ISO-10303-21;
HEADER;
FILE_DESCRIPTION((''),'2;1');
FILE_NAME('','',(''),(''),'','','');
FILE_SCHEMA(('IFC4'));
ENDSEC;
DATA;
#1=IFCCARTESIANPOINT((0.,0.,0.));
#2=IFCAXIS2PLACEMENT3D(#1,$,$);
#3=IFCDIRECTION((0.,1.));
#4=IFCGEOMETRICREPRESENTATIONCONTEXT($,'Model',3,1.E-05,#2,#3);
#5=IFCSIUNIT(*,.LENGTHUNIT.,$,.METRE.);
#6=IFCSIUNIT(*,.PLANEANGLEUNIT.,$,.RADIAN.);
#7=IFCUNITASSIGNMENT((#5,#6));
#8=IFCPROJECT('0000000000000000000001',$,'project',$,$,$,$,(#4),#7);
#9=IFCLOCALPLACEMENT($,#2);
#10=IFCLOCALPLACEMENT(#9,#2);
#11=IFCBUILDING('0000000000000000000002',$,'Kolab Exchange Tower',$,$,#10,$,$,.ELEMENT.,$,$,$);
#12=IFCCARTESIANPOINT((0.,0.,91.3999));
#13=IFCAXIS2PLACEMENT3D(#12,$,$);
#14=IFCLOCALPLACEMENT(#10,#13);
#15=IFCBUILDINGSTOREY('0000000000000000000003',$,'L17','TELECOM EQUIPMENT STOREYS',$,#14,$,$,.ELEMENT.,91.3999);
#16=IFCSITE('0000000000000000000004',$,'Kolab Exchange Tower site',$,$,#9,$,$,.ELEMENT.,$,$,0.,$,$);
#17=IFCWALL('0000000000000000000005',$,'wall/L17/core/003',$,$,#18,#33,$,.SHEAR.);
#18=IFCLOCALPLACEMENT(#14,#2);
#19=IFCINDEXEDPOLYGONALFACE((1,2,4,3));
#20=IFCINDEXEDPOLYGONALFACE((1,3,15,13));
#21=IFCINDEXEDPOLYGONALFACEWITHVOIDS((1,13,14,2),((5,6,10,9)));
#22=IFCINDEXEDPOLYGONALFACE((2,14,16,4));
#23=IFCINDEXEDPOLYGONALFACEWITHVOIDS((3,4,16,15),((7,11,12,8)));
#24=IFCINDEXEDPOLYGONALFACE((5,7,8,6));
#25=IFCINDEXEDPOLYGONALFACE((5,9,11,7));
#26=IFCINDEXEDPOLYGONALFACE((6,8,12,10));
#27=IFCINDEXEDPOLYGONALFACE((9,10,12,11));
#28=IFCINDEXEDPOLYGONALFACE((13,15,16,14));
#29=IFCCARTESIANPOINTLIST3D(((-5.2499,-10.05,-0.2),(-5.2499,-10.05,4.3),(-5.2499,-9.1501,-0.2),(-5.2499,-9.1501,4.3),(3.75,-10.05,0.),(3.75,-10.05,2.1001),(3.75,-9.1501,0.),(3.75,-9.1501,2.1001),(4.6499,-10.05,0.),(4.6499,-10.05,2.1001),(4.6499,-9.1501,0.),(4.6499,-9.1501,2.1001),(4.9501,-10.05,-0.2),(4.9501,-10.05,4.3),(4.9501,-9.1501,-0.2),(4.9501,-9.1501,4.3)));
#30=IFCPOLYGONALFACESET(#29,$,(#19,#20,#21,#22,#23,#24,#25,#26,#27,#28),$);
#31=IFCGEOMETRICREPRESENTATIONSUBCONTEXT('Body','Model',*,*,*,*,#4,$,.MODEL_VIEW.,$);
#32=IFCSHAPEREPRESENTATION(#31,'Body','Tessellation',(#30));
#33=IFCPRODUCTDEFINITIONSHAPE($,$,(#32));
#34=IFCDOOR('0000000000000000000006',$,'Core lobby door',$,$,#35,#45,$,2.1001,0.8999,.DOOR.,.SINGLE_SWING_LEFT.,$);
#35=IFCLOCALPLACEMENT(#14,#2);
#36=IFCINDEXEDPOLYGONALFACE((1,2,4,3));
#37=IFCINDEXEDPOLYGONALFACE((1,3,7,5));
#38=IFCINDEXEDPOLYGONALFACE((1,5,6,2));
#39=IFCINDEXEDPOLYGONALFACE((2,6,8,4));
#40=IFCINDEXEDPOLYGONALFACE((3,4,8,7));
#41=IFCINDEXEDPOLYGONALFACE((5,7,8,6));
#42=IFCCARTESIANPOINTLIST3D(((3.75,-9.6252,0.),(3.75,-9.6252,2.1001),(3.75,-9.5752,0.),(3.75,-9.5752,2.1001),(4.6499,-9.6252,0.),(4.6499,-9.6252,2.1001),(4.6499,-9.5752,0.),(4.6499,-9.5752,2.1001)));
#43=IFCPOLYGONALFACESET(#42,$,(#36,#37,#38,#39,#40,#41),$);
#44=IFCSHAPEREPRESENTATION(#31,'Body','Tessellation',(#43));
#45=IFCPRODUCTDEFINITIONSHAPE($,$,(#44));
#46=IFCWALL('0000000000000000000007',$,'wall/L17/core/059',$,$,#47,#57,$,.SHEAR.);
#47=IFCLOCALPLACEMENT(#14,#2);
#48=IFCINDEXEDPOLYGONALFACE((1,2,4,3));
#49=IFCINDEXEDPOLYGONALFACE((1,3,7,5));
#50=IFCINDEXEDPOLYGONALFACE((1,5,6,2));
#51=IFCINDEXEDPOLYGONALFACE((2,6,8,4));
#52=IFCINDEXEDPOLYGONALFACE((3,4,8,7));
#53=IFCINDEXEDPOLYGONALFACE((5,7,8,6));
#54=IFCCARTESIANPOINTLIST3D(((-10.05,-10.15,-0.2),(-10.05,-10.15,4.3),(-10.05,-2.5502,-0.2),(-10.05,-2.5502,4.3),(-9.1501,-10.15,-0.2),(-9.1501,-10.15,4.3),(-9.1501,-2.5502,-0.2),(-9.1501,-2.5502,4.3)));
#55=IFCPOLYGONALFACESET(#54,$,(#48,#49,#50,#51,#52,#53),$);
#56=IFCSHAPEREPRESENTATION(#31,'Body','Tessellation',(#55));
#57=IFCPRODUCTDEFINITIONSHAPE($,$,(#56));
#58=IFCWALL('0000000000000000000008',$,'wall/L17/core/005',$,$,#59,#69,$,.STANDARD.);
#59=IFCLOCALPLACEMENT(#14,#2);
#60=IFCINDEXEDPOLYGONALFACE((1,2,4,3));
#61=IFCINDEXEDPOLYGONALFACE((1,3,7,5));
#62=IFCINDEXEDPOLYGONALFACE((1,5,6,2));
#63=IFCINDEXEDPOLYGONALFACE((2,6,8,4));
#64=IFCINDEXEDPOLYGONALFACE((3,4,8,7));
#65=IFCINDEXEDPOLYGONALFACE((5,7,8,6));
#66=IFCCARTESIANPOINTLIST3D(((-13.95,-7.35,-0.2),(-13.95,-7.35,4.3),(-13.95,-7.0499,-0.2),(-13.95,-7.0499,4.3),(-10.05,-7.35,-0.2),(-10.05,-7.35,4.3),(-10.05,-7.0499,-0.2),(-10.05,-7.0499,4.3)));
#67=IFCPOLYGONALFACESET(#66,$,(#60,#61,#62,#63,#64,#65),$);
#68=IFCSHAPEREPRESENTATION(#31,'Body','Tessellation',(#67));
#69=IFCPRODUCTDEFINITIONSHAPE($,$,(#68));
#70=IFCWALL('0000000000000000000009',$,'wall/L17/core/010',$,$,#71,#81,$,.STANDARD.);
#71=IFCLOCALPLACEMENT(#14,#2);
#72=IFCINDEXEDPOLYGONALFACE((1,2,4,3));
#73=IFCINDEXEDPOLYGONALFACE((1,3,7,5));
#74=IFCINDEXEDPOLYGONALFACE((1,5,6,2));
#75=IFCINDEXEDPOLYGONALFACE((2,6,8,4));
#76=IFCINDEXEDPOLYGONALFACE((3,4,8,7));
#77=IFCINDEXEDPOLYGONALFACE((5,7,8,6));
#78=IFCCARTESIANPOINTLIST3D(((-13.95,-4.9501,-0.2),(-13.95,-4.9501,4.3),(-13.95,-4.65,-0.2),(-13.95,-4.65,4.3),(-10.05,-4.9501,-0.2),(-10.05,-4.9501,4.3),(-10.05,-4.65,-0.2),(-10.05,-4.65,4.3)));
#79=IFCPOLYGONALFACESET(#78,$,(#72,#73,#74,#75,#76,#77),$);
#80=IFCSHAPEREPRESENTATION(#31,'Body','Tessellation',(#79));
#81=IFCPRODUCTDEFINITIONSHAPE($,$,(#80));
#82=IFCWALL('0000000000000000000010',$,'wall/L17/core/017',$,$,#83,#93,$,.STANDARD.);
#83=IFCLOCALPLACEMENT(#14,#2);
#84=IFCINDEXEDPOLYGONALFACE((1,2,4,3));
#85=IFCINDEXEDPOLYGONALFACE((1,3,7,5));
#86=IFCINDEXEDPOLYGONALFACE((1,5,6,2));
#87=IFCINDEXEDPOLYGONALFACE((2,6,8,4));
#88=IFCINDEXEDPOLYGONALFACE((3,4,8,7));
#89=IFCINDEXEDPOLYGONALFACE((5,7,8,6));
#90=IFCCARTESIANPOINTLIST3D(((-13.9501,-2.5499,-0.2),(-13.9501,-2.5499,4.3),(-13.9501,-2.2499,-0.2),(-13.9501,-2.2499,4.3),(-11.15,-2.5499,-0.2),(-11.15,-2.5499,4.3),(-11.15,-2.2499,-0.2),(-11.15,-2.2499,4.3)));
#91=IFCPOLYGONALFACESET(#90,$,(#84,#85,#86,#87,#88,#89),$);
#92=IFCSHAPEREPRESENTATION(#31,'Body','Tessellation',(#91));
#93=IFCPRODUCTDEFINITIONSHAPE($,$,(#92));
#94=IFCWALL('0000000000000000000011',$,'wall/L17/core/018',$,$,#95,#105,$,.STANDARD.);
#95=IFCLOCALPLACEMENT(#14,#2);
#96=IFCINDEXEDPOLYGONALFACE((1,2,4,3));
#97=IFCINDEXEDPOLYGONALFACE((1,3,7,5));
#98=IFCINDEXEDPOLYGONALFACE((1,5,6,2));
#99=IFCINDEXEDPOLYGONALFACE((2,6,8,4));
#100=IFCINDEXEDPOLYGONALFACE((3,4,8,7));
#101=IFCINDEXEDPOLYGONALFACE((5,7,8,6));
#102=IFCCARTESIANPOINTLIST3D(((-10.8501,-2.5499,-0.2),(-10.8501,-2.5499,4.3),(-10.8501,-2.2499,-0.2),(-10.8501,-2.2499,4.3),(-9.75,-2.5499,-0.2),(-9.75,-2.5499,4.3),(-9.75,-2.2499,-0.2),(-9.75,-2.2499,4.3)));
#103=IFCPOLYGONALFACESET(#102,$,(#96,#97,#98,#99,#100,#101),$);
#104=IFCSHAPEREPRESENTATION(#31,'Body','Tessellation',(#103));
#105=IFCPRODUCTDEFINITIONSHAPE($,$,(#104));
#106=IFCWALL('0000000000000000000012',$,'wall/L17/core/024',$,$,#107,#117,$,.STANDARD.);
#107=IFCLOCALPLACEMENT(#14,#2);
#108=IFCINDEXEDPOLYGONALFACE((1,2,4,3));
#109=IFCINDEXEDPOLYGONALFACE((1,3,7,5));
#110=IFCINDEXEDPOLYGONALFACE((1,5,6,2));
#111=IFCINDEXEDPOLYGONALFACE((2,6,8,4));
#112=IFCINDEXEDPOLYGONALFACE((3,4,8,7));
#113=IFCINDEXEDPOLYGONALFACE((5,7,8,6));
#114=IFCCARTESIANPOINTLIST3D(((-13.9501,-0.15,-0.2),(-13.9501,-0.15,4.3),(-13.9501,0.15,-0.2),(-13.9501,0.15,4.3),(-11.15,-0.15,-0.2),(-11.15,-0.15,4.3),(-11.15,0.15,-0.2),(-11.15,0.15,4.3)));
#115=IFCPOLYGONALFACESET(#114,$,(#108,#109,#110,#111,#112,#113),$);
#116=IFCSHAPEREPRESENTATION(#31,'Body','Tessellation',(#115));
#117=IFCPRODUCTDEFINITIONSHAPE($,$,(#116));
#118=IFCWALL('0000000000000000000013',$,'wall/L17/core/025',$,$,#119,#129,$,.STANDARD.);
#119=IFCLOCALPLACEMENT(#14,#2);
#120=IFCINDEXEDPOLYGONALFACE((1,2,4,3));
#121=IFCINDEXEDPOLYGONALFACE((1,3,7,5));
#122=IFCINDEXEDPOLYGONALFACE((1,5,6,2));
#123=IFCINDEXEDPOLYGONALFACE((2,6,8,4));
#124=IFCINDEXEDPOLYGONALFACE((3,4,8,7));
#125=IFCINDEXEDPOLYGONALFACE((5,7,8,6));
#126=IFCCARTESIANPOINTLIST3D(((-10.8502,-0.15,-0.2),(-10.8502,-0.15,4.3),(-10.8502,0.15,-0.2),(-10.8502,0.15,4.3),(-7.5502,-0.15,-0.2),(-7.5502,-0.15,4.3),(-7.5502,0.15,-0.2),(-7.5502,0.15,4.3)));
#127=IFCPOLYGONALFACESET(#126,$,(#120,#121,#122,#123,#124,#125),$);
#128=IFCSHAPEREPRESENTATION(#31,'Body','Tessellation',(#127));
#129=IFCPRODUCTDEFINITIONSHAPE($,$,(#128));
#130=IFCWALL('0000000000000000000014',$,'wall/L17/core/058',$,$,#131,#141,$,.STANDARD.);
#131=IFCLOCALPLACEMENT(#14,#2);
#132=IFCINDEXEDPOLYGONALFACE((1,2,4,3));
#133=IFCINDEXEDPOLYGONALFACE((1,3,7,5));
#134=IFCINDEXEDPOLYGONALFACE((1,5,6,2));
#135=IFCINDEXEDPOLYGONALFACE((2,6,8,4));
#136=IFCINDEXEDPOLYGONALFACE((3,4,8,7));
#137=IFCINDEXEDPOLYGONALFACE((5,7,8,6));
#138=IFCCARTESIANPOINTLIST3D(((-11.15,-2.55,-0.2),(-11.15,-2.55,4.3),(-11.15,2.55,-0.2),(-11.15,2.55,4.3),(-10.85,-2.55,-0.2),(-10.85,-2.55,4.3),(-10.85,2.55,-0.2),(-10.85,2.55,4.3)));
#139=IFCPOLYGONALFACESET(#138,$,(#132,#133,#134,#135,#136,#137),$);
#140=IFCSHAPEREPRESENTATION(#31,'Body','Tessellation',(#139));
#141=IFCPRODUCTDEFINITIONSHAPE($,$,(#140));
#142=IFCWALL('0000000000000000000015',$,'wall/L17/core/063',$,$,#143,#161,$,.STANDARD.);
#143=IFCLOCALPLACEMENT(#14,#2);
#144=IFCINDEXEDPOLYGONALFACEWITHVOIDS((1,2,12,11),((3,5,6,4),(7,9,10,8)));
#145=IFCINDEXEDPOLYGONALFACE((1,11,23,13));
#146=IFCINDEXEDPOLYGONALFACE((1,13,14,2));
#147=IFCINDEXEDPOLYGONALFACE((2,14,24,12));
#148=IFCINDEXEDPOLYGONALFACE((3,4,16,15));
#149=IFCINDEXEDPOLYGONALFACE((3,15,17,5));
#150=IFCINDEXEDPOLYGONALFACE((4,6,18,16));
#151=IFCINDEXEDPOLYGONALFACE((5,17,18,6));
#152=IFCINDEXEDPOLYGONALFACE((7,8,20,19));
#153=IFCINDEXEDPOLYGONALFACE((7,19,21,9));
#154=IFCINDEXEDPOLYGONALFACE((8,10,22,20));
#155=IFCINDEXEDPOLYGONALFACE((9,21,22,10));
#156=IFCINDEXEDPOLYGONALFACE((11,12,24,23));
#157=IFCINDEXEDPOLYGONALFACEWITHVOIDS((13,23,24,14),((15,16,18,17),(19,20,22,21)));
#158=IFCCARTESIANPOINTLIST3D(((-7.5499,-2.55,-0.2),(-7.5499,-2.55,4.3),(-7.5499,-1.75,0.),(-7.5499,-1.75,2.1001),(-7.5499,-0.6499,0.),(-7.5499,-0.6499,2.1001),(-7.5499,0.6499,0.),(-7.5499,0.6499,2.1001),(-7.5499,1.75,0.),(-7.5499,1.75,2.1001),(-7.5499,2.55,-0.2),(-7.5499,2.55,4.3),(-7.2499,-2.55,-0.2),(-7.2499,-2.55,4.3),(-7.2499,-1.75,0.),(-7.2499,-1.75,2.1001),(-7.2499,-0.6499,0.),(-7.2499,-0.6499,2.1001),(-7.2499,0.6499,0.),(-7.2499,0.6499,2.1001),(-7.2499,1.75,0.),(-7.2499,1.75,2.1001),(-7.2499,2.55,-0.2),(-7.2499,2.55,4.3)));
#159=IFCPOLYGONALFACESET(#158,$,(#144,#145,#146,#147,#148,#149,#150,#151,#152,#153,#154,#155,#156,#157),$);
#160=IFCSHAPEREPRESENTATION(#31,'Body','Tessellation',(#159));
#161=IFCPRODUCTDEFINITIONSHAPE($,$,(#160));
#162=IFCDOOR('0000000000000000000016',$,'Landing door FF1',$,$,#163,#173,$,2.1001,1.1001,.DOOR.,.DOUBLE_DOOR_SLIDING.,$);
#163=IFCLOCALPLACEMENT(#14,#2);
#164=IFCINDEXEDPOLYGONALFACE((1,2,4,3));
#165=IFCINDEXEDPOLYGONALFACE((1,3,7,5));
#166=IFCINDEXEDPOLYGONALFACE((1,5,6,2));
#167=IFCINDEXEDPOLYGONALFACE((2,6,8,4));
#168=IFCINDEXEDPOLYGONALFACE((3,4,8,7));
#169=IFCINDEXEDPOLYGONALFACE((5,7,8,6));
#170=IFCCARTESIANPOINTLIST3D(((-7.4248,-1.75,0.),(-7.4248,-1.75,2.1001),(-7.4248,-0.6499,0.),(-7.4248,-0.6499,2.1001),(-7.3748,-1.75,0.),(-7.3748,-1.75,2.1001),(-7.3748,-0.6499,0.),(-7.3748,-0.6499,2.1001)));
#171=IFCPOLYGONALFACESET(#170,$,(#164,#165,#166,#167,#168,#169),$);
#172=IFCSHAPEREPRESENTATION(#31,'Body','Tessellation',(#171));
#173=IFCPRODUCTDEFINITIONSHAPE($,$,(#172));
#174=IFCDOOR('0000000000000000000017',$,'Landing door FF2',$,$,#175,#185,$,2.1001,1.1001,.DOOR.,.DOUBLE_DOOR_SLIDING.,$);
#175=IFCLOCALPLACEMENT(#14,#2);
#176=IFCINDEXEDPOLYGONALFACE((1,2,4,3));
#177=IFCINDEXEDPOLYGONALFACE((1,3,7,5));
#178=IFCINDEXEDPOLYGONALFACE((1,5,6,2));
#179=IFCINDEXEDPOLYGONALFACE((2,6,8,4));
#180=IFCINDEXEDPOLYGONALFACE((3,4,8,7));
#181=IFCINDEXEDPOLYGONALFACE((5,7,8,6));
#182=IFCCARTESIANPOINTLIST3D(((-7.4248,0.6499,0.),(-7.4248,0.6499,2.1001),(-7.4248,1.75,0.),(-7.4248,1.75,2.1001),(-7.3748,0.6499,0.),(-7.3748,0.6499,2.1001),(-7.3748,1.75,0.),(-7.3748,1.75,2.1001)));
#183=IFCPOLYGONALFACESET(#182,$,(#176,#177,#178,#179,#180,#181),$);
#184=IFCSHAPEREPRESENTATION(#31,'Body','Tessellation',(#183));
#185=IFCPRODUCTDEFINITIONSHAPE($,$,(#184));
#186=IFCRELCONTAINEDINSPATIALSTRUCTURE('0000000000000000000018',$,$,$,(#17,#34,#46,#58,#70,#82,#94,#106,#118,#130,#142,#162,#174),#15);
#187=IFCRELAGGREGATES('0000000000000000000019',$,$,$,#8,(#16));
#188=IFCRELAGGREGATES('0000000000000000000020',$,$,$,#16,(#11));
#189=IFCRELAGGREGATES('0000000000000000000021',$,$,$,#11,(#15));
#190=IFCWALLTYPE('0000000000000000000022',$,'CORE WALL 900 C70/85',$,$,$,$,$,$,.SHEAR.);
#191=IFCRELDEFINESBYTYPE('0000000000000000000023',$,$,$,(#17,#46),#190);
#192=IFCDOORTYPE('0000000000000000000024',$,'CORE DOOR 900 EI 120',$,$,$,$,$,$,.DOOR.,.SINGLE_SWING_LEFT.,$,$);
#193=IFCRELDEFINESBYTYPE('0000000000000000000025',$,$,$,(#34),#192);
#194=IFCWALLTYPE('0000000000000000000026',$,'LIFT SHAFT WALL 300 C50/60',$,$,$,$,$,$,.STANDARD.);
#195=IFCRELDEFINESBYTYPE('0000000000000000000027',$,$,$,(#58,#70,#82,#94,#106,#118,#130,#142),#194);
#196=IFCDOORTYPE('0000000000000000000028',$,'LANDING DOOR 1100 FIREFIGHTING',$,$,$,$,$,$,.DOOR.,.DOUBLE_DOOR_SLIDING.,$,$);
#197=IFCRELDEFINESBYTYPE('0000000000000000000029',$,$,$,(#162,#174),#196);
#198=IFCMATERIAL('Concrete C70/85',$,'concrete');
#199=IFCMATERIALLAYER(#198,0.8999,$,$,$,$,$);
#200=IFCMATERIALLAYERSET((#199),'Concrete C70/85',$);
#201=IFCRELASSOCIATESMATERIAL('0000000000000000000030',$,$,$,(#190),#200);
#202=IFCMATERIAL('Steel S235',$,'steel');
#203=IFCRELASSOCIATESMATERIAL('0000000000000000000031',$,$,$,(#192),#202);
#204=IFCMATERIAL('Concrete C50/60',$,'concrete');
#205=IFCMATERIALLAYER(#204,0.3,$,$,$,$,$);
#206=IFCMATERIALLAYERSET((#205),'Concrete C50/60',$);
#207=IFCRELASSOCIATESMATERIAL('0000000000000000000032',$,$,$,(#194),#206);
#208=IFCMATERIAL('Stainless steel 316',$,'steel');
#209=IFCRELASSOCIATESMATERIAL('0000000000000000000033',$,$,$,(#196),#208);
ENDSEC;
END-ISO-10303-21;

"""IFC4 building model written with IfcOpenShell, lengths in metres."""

from ifc_helpers import new_model, si_unit, direction, frame, frame_2d, origin, place, context, subcontext, project, spatial, rectangle, extrude, material, layer, layer_set, type_object, element, fill, save


model = new_model("IFC4")

# Units and contexts
model_context = context("Model", 3, precision=1e-05, world=origin(), true_north=direction((0.0, 1.0)))
body_context = subcontext(model_context, "Body", "Model", "MODEL_VIEW")
ifc_project = project(units=[si_unit("LENGTHUNIT", "METRE"), si_unit("PLANEANGLEUNIT", "RADIAN")], contexts=[model_context])

# Site, building, storey
site_placement = place(None, origin())
site = spatial("IfcSite", under=ifc_project, at=site_placement, Name="Kolab Exchange Tower site", CompositionType="ELEMENT", RefElevation=0.0)
building_placement = place(site_placement, origin())
building = spatial("IfcBuilding", under=site, at=building_placement, Name="Kolab Exchange Tower", CompositionType="ELEMENT")
storey_placement = place(building_placement, frame((0.0, 0.0, 91.3999)))
storey = spatial("IfcBuildingStorey", under=building, at=storey_placement, Name="L17", Description="TELECOM EQUIPMENT STOREYS", CompositionType="ELEMENT", Elevation=91.3999)

# Wall, opening, door
ifc_material_1 = material(Name="Concrete C70/85", Category="concrete")
ifc_layer_1 = layer(ifc_material_1, 0.8999)
ifc_layer_set_1 = layer_set([ifc_layer_1], Name="Concrete C70/85")
wall_type_1 = type_object("IfcWallType", Name="CORE WALL 900 C70/85", PredefinedType="SHEAR", material=ifc_layer_set_1)
wall_1_placement = place(storey_placement, frame((-5.25, -9.6001, -0.2), z_axis=(0.0, 0.0, 1.0), x_axis=(1.0, 0.0, 0.0)))
wall_1 = element("IfcWall", 1, at=wall_1_placement, inside=storey, type_object=wall_type_1, Name="wall/L17/core/003", PredefinedType="SHEAR", context=body_context, shape_type="SweptSolid", body=[
    extrude(rectangle(XDim=10.2, YDim=0.8999, at=frame_2d((5.1001, 0.0))), origin(), (0.0, 0.0, 1.0), 4.5),
])
opening_1_placement = place(wall_1_placement, frame((9.0, 0.0, 0.2)))
opening_1 = element("IfcOpeningElement", 2, at=opening_1_placement, cuts=wall_1, PredefinedType="OPENING", context=body_context, shape_type="SweptSolid", body=[
    extrude(rectangle(XDim=0.8999, YDim=2.1001, at=frame_2d((0.45, 1.05))), frame((0.0, 0.46, 0.0), z_axis=(0.0, -1.0, 0.0), x_axis=(1.0, 0.0, 0.0)), (0.0, 0.0, 1.0), 0.9199),
])
ifc_material_2 = material(Name="Steel S235", Category="steel")
door_type_1 = type_object("IfcDoorType", Name="CORE DOOR 900 EI 120", OperationType="SINGLE_SWING_LEFT", PredefinedType="DOOR", material=ifc_material_2)
door_1_placement = place(opening_1_placement, origin())
door_1 = element("IfcDoor", 3, at=door_1_placement, inside=storey, type_object=door_type_1, Name="Core lobby door", OperationType="SINGLE_SWING_LEFT", OverallHeight=2.1001, OverallWidth=0.8999, PredefinedType="DOOR", context=body_context, shape_type="SweptSolid", body=[
    extrude(rectangle(XDim=0.8999, YDim=2.1001, at=frame_2d((0.45, 1.05))), frame((0.0, 0.0249, 0.0), z_axis=(0.0, -1.0, 0.0), x_axis=(1.0, 0.0, 0.0)), (0.0, 0.0, 1.0), 0.05),
])
fill(opening_1, door_1)

# Walls
wall_2_placement = place(storey_placement, frame((-9.6001, -10.1499, -0.2), z_axis=(0.0, 0.0, 1.0), x_axis=(0.0, 1.0, 0.0)))
element("IfcWall", 4, at=wall_2_placement, inside=storey, type_object=wall_type_1, Name="wall/L17/core/059", PredefinedType="SHEAR", context=body_context, shape_type="SweptSolid", body=[
    extrude(rectangle(XDim=7.5999, YDim=0.8999, at=frame_2d((3.7998, 0.0))), origin(), (0.0, 0.0, 1.0), 4.5),
])
ifc_material_3 = material(Name="Concrete C50/60", Category="concrete")
ifc_layer_2 = layer(ifc_material_3, 0.3)
ifc_layer_set_2 = layer_set([ifc_layer_2], Name="Concrete C50/60")
wall_type_2 = type_object("IfcWallType", Name="LIFT SHAFT WALL 300 C50/60", PredefinedType="STANDARD", material=ifc_layer_set_2)
for number, where, z_axis, x_axis, name in (
    (5, (-13.95, -7.2, -0.2), (0.0, 0.0, 1.0), (1.0, 0.0, 0.0), "wall/L17/core/005"),
    (6, (-13.95, -4.8, -0.2), (0.0, 0.0, 1.0), (1.0, 0.0, 0.0), "wall/L17/core/010"),
):
    element("IfcWall", number, at=place(storey_placement, frame(where, z_axis=z_axis, x_axis=x_axis)), inside=storey, type_object=wall_type_2, Name=name, PredefinedType="STANDARD", context=body_context, shape_type="SweptSolid", body=[
        extrude(rectangle(XDim=3.8999, YDim=0.3, at=frame_2d((1.95, 0.0))), origin(), (0.0, 0.0, 1.0), 4.5),
    ])
wall_3_placement = place(storey_placement, frame((-13.95, -2.3999, -0.2), z_axis=(0.0, 0.0, 1.0), x_axis=(1.0, 0.0, 0.0)))
element("IfcWall", 7, at=wall_3_placement, inside=storey, type_object=wall_type_2, Name="wall/L17/core/017", PredefinedType="STANDARD", context=body_context, shape_type="SweptSolid", body=[
    extrude(rectangle(XDim=2.8, YDim=0.3, at=frame_2d((1.3999, 0.0))), origin(), (0.0, 0.0, 1.0), 4.5),
])
wall_4_placement = place(storey_placement, frame((-10.8501, -2.3999, -0.2), z_axis=(0.0, 0.0, 1.0), x_axis=(1.0, 0.0, 0.0)))
element("IfcWall", 8, at=wall_4_placement, inside=storey, type_object=wall_type_2, Name="wall/L17/core/018", PredefinedType="STANDARD", context=body_context, shape_type="SweptSolid", body=[
    extrude(rectangle(XDim=1.1001, YDim=0.3, at=frame_2d((0.55, 0.0))), origin(), (0.0, 0.0, 1.0), 4.5),
])
wall_5_placement = place(storey_placement, frame((-13.95, 0.0, -0.2), z_axis=(0.0, 0.0, 1.0), x_axis=(1.0, 0.0, 0.0)))
element("IfcWall", 9, at=wall_5_placement, inside=storey, type_object=wall_type_2, Name="wall/L17/core/024", PredefinedType="STANDARD", context=body_context, shape_type="SweptSolid", body=[
    extrude(rectangle(XDim=2.8, YDim=0.3, at=frame_2d((1.3999, 0.0))), origin(), (0.0, 0.0, 1.0), 4.5),
])
wall_6_placement = place(storey_placement, frame((-10.8501, 0.0, -0.2), z_axis=(0.0, 0.0, 1.0), x_axis=(1.0, 0.0, 0.0)))
element("IfcWall", 10, at=wall_6_placement, inside=storey, type_object=wall_type_2, Name="wall/L17/core/025", PredefinedType="STANDARD", context=body_context, shape_type="SweptSolid", body=[
    extrude(rectangle(XDim=3.3, YDim=0.3, at=frame_2d((1.6499, 0.0))), origin(), (0.0, 0.0, 1.0), 4.5),
])
wall_7_placement = place(storey_placement, frame((-11.0, -2.55, -0.2), z_axis=(0.0, 0.0, 1.0), x_axis=(0.0, 1.0, 0.0)))
element("IfcWall", 11, at=wall_7_placement, inside=storey, type_object=wall_type_2, Name="wall/L17/core/058", PredefinedType="STANDARD", context=body_context, shape_type="SweptSolid", body=[
    extrude(rectangle(XDim=5.1001, YDim=0.3, at=frame_2d((2.55, 0.0))), origin(), (0.0, 0.0, 1.0), 4.5),
])

# Wall, openings, doors
wall_8_placement = place(storey_placement, frame((-7.3999, -2.55, -0.2), z_axis=(0.0, 0.0, 1.0), x_axis=(0.0, 1.0, 0.0)))
wall_8 = element("IfcWall", 12, at=wall_8_placement, inside=storey, type_object=wall_type_2, Name="wall/L17/core/063", PredefinedType="STANDARD", context=body_context, shape_type="SweptSolid", body=[
    extrude(rectangle(XDim=5.1001, YDim=0.3, at=frame_2d((2.55, 0.0))), origin(), (0.0, 0.0, 1.0), 4.5),
])
opening_2_placement = place(wall_8_placement, frame((0.8, 0.0, 0.2)))
opening_2 = element("IfcOpeningElement", 13, at=opening_2_placement, cuts=wall_8, PredefinedType="OPENING", context=body_context, shape_type="SweptSolid", body=[
    extrude(rectangle(XDim=1.1001, YDim=2.1001, at=frame_2d((0.55, 1.05))), frame((0.0, 0.1602, 0.0), z_axis=(0.0, -1.0, 0.0), x_axis=(1.0, 0.0, 0.0)), (0.0, 0.0, 1.0), 0.3201),
])
opening_3_placement = place(wall_8_placement, frame((3.2, 0.0, 0.2)))
opening_3 = element("IfcOpeningElement", 14, at=opening_3_placement, cuts=wall_8, PredefinedType="OPENING", context=body_context, shape_type="SweptSolid", body=[
    extrude(rectangle(XDim=1.1001, YDim=2.1001, at=frame_2d((0.55, 1.05))), frame((0.0, 0.1602, 0.0), z_axis=(0.0, -1.0, 0.0), x_axis=(1.0, 0.0, 0.0)), (0.0, 0.0, 1.0), 0.3201),
])
ifc_material_4 = material(Name="Stainless steel 316", Category="steel")
door_type_2 = type_object("IfcDoorType", Name="LANDING DOOR 1100 FIREFIGHTING", OperationType="DOUBLE_DOOR_SLIDING", PredefinedType="DOOR", material=ifc_material_4)
door_2_placement = place(opening_2_placement, origin())
door_2 = element("IfcDoor", 15, at=door_2_placement, inside=storey, type_object=door_type_2, Name="Landing door FF1", OperationType="DOUBLE_DOOR_SLIDING", OverallHeight=2.1001, OverallWidth=1.1001, PredefinedType="DOOR", context=body_context, shape_type="SweptSolid", body=[
    extrude(rectangle(XDim=1.1001, YDim=2.1001, at=frame_2d((0.55, 1.05))), frame((0.0, 0.0249, 0.0), z_axis=(0.0, -1.0, 0.0), x_axis=(1.0, 0.0, 0.0)), (0.0, 0.0, 1.0), 0.05),
])
fill(opening_2, door_2)
door_3_placement = place(opening_3_placement, origin())
door_3 = element("IfcDoor", 16, at=door_3_placement, inside=storey, type_object=door_type_2, Name="Landing door FF2", OperationType="DOUBLE_DOOR_SLIDING", OverallHeight=2.1001, OverallWidth=1.1001, PredefinedType="DOOR", context=body_context, shape_type="SweptSolid", body=[
    extrude(rectangle(XDim=1.1001, YDim=2.1001, at=frame_2d((0.55, 1.05))), frame((0.0, 0.0249, 0.0), z_axis=(0.0, -1.0, 0.0), x_axis=(1.0, 0.0, 0.0)), (0.0, 0.0, 1.0), 0.05),
])
fill(opening_3, door_3)

save(model, "model.ifc")
